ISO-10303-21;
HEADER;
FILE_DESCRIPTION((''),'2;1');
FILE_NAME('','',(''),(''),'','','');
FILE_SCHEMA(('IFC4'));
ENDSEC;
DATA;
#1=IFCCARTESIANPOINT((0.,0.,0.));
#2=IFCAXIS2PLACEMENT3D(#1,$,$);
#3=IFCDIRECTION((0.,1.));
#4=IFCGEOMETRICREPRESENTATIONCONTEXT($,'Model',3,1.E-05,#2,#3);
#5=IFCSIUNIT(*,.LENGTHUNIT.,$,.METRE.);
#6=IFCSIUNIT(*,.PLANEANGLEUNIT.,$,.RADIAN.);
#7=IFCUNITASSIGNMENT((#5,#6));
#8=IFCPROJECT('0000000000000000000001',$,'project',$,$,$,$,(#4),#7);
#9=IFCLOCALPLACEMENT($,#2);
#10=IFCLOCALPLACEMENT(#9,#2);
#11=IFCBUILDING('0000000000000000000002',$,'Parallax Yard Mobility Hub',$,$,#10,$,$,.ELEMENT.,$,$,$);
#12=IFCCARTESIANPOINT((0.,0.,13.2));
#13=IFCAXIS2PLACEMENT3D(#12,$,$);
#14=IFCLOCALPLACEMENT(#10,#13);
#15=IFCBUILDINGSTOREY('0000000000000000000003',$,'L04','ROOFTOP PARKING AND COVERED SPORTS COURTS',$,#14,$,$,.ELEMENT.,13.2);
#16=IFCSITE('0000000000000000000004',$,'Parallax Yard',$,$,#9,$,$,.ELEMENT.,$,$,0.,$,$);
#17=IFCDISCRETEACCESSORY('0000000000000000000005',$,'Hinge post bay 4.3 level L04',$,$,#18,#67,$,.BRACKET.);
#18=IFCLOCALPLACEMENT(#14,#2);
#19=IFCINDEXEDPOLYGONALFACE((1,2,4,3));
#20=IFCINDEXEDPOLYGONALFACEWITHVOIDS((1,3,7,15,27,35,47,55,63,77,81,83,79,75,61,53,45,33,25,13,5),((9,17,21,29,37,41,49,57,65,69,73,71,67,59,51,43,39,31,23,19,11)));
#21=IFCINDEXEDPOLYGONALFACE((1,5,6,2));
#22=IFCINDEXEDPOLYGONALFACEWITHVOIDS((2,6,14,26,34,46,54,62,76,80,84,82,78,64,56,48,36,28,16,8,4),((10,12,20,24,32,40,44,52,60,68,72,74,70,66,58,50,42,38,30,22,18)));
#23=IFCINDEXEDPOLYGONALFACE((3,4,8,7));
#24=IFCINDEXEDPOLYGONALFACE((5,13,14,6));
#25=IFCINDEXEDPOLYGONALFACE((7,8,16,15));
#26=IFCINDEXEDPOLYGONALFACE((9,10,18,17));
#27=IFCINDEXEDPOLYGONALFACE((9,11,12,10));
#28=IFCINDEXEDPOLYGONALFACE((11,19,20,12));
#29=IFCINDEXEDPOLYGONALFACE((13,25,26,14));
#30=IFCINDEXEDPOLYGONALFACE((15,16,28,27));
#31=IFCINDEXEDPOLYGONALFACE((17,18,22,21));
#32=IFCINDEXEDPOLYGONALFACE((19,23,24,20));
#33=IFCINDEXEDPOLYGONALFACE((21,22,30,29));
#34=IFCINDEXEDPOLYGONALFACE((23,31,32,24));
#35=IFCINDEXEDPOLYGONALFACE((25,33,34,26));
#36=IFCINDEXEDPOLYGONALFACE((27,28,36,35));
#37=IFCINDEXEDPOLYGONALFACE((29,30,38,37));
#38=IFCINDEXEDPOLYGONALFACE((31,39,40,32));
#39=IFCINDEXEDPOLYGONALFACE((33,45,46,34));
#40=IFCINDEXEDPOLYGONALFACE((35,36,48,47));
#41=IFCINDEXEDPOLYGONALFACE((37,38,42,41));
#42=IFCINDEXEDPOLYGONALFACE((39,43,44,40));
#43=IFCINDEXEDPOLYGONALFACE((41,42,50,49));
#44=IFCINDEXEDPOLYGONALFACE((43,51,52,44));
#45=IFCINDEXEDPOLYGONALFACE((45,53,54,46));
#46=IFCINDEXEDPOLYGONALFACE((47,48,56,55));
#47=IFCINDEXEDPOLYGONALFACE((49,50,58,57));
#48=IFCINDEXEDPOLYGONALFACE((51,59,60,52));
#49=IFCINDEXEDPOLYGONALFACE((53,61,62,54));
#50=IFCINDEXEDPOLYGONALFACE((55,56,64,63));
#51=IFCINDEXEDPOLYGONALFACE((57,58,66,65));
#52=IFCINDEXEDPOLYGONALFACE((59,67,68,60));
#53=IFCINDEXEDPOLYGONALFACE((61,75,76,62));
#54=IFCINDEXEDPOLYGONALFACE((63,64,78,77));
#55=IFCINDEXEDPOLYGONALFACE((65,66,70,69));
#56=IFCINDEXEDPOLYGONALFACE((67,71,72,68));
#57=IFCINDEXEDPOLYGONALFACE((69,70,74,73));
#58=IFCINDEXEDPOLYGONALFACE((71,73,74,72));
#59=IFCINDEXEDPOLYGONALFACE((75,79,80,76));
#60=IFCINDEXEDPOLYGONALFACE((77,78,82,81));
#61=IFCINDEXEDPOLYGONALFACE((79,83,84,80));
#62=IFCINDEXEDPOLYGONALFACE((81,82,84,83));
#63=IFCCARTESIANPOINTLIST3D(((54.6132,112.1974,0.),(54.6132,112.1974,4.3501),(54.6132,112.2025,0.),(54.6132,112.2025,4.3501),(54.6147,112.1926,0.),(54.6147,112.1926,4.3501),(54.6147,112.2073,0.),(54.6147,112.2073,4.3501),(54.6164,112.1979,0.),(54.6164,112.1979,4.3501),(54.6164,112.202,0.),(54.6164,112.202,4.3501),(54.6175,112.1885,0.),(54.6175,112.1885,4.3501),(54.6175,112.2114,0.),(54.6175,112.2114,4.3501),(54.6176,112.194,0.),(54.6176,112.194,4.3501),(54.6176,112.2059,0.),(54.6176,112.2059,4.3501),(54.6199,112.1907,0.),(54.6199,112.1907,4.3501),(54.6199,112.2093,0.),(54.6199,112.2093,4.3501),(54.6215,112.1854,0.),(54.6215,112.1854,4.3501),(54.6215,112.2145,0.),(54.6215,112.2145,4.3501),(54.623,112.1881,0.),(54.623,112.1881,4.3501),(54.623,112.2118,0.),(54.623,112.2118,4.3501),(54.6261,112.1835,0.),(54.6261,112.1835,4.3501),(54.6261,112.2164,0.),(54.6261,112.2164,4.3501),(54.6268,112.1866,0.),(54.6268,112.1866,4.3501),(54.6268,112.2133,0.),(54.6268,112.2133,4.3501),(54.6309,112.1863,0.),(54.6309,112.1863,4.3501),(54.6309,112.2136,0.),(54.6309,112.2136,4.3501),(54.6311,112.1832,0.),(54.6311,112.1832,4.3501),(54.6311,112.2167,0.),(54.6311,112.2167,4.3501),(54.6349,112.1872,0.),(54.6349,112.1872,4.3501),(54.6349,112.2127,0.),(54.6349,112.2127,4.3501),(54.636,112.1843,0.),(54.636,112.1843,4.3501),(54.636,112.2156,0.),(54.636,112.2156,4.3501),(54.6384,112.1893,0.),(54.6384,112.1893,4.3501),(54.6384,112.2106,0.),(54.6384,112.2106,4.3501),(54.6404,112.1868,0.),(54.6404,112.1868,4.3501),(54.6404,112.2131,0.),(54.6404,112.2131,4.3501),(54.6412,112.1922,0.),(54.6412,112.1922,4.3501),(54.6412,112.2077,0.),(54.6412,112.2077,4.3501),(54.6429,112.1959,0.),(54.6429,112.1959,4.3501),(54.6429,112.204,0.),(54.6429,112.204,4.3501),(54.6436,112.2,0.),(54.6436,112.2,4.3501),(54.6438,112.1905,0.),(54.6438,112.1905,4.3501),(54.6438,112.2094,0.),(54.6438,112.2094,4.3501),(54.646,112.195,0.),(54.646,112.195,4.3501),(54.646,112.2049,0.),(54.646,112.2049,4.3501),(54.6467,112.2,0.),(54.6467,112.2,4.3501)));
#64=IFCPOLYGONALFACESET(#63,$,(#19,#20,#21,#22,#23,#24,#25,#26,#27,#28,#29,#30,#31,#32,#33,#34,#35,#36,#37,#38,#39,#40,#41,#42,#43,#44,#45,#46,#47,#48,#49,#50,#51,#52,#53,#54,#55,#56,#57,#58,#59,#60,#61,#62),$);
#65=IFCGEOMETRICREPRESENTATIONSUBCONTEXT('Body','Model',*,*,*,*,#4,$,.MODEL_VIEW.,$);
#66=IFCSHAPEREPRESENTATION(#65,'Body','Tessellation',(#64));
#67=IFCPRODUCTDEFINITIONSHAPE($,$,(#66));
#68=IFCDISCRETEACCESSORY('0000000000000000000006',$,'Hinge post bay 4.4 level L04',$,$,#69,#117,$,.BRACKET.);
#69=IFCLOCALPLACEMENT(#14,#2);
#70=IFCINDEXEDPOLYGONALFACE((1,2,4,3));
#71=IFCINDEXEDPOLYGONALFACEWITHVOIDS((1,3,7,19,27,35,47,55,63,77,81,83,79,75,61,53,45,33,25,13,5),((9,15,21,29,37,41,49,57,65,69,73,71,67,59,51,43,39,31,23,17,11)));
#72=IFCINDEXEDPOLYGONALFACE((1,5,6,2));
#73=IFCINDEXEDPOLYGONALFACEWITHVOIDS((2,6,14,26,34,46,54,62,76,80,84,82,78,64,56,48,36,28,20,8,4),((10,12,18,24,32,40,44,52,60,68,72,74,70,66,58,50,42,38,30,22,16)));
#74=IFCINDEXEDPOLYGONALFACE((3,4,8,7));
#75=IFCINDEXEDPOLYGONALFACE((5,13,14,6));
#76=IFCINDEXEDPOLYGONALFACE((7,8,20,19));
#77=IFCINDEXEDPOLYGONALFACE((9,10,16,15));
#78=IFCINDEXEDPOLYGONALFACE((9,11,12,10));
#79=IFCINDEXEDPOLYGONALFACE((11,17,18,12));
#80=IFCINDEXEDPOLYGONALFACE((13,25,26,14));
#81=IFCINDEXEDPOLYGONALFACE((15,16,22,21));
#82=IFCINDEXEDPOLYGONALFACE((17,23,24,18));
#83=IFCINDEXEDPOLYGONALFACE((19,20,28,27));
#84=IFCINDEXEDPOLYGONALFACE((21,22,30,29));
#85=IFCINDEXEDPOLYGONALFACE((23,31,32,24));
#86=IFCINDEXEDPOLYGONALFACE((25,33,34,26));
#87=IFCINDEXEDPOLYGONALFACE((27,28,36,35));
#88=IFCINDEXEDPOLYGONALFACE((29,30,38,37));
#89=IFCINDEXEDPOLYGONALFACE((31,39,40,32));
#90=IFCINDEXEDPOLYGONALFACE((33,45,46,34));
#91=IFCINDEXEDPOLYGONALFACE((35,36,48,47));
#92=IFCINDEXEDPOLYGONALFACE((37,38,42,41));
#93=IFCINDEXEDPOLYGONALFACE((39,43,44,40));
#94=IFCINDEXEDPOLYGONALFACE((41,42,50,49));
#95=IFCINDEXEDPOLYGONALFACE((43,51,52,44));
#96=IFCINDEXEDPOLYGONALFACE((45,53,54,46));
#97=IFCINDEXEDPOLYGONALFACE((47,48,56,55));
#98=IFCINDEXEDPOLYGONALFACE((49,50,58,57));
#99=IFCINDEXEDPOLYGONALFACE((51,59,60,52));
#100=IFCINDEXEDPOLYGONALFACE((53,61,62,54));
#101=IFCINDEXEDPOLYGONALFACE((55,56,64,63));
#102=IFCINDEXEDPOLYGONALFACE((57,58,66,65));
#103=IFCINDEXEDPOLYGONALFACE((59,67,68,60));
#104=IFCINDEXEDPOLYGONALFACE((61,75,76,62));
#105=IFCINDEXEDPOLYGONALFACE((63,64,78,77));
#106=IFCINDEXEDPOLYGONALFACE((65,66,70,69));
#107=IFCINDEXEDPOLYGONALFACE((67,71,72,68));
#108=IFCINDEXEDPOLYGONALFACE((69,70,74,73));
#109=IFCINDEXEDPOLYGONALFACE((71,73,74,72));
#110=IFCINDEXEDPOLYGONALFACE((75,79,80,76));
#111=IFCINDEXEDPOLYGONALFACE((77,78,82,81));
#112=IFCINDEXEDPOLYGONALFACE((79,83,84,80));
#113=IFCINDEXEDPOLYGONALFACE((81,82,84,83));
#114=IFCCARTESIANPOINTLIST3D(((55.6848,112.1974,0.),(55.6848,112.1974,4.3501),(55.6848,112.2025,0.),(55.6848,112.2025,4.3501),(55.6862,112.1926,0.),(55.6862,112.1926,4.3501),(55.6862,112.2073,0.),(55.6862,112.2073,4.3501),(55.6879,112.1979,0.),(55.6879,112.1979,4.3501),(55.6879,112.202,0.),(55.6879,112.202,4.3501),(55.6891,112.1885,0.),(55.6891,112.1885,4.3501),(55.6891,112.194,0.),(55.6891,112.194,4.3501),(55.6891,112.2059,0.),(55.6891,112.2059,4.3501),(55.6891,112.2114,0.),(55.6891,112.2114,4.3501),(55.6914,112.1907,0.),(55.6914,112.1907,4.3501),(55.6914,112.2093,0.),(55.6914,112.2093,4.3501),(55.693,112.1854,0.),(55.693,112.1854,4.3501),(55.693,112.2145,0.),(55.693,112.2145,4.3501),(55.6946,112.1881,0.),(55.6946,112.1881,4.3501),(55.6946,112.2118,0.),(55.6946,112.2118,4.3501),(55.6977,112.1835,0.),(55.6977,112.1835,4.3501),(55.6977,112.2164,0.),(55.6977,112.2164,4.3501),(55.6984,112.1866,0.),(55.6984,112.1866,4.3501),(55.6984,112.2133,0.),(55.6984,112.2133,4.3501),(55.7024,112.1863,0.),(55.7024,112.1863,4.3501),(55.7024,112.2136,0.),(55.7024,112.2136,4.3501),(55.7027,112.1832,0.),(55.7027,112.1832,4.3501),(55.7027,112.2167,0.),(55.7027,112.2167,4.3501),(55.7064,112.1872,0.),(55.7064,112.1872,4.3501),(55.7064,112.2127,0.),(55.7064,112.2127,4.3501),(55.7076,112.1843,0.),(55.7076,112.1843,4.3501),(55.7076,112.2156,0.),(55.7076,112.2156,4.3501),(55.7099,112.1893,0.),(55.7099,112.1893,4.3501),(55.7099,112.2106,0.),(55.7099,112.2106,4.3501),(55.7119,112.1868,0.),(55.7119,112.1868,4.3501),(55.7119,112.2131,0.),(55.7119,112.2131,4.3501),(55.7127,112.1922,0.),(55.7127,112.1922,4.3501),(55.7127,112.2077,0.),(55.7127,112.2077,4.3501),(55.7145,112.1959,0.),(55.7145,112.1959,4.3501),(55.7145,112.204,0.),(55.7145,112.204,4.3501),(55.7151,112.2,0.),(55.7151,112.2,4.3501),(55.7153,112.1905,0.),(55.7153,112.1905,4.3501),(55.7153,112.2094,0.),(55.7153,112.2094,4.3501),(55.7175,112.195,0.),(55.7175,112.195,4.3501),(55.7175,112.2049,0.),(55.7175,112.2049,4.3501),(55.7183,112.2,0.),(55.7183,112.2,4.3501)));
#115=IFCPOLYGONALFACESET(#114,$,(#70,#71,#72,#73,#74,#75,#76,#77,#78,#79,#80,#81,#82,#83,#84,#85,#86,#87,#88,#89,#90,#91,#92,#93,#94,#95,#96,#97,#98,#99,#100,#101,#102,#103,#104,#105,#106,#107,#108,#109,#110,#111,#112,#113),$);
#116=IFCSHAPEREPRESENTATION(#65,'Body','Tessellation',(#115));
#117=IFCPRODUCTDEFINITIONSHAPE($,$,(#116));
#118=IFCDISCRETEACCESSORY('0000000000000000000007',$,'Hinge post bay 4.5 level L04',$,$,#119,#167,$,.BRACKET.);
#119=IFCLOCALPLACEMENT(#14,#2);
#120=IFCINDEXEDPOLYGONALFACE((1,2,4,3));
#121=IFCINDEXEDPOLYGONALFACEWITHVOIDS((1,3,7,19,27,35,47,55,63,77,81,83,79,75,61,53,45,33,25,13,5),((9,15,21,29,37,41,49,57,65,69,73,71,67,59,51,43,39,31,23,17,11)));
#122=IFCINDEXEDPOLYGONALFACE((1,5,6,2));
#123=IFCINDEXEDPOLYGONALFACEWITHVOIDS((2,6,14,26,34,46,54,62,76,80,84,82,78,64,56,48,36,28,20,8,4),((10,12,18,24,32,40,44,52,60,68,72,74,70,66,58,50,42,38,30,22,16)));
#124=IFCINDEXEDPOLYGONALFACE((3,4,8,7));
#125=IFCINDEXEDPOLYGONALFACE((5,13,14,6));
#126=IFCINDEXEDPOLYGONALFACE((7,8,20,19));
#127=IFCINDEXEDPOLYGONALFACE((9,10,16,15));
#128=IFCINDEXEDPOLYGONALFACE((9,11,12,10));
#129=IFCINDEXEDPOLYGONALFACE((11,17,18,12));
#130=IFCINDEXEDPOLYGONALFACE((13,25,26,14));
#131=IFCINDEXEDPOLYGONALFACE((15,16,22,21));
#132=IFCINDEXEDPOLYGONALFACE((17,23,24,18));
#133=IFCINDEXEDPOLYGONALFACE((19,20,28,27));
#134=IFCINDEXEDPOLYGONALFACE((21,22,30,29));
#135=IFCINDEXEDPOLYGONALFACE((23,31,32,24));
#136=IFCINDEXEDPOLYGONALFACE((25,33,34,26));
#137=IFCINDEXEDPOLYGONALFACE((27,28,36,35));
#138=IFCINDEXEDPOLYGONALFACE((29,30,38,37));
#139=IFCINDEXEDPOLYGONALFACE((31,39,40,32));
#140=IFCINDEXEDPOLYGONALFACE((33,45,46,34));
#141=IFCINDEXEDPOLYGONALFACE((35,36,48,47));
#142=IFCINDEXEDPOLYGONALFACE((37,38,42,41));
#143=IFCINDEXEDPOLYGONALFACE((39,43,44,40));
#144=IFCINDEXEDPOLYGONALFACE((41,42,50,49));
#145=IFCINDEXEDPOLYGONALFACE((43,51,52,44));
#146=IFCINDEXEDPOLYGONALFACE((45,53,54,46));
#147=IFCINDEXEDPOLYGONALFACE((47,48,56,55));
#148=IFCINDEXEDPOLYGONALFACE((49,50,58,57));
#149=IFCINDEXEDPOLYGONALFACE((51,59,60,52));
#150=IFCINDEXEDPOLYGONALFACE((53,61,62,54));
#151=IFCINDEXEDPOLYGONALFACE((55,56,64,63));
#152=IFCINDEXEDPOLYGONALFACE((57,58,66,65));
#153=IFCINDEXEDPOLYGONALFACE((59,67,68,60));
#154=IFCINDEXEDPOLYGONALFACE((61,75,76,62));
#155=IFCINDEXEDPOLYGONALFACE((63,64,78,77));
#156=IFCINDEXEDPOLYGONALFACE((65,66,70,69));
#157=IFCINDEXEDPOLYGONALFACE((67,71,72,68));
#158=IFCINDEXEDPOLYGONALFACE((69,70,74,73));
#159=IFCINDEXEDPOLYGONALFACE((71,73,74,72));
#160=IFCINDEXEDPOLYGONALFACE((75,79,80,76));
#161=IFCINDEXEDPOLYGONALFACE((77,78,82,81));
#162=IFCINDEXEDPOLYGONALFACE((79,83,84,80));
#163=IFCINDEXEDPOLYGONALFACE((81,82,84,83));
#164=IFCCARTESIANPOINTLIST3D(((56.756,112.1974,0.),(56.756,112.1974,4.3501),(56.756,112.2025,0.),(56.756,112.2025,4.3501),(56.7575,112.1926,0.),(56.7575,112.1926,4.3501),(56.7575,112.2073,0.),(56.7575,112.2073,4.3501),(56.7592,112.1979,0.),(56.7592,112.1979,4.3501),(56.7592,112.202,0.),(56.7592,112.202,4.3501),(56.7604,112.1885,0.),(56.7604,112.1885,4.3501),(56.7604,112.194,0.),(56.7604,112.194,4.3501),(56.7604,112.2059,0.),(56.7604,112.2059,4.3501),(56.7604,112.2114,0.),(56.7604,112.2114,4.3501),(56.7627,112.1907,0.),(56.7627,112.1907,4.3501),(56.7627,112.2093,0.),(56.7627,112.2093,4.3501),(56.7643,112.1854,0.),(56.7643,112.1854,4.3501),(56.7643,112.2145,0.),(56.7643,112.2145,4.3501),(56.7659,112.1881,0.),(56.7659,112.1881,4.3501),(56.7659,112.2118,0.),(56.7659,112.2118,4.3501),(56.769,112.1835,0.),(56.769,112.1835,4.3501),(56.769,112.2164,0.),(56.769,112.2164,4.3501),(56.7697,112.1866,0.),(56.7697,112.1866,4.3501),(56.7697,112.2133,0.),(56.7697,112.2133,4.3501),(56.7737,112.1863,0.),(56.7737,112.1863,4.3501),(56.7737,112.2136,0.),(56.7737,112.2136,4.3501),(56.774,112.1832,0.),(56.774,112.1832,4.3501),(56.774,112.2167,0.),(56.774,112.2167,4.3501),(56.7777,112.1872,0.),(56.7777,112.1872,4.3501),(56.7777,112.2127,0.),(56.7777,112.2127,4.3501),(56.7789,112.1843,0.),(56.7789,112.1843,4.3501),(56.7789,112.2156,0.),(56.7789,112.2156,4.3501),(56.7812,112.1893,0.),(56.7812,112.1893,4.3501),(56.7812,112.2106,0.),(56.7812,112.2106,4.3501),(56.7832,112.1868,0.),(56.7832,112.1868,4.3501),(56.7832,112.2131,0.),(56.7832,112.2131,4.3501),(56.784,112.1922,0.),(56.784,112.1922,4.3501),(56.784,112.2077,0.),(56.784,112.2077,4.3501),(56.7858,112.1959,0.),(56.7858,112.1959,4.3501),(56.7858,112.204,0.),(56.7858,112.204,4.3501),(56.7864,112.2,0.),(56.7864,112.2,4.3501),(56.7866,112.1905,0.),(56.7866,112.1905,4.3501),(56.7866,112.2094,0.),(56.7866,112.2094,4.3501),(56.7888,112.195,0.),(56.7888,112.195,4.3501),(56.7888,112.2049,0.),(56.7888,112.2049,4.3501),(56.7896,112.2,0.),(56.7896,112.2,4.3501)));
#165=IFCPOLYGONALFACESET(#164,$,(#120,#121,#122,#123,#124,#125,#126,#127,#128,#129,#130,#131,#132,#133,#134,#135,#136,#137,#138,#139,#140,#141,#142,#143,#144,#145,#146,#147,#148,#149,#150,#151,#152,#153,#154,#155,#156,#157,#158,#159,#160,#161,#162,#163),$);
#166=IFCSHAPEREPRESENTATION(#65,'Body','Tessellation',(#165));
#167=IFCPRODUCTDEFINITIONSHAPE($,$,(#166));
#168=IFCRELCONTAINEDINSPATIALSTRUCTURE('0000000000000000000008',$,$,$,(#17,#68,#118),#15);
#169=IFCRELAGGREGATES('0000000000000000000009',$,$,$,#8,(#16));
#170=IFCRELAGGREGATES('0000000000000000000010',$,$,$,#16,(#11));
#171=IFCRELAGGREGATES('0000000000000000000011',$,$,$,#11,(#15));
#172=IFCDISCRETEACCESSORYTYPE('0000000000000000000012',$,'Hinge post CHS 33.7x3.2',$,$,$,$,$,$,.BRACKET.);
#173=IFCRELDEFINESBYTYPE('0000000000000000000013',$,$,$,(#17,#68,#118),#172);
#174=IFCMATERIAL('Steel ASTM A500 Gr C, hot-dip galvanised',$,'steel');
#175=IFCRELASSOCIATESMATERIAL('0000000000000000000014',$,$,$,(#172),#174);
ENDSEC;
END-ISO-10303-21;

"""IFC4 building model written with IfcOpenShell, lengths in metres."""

from ifc_helpers import new_model, si_unit, direction, frame, origin, origin_2d, place, context, subcontext, project, spatial, hollow_circle, extrude, material, material_profile, profile_set, type_object, element, save


model = new_model("IFC4")

# Units and contexts
model_context = context("Model", 3, precision=1e-05, world=origin(), true_north=direction((0.0, 1.0)))
body_context = subcontext(model_context, "Body", "Model", "MODEL_VIEW")
ifc_project = project(units=[si_unit("LENGTHUNIT", "METRE"), si_unit("PLANEANGLEUNIT", "RADIAN")], contexts=[model_context])

# Site, building, storey
site_placement = place(None, origin())
site = spatial("IfcSite", under=ifc_project, at=site_placement, Name="Parallax Yard", CompositionType="ELEMENT", RefElevation=0.0)
building_placement = place(site_placement, origin())
building = spatial("IfcBuilding", under=site, at=building_placement, Name="Parallax Yard Mobility Hub", CompositionType="ELEMENT")
storey_placement = place(building_placement, frame((0.0, 0.0, 13.2)))
storey = spatial("IfcBuildingStorey", under=building, at=storey_placement, Name="L04", Description="ROOFTOP PARKING AND COVERED SPORTS COURTS", CompositionType="ELEMENT", Elevation=13.2)

# Discrete accessories
ifc_material_1 = material(Name="Steel ASTM A500 Gr C, hot-dip galvanised", Category="steel")
ifc_material_profile_1 = material_profile(ifc_material_1, hollow_circle(Radius=0.0168, WallThickness=0.0032, at=origin_2d()), Name="CHS 33.7x3.2")
ifc_profile_set_1 = profile_set([ifc_material_profile_1], Name="Steel ASTM A500 Gr C, hot-dip galvanised")
discrete_accessory_type_1 = type_object("IfcDiscreteAccessoryType", Name="Hinge post CHS 33.7x3.2", PredefinedType="BRACKET", material=ifc_profile_set_1)
for number, where, z_axis, x_axis, name in (
    (1, (54.6299, 112.2, 0.0), (0.0, 0.0, 1.0), (1.0, 0.0, 0.0), "Hinge post bay 4.3 level L04"),
    (2, (55.7014, 112.2, 0.0), (0.0, 0.0, 1.0), (1.0, 0.0, 0.0), "Hinge post bay 4.4 level L04"),
    (3, (56.7727, 112.2, 0.0), (0.0, 0.0, 1.0), (1.0, 0.0, 0.0), "Hinge post bay 4.5 level L04"),
):
    element("IfcDiscreteAccessory", number, at=place(storey_placement, frame(where, z_axis=z_axis, x_axis=x_axis)), inside=storey, type_object=discrete_accessory_type_1, Name=name, PredefinedType="BRACKET", context=body_context, shape_type="SweptSolid", body=[
        extrude(hollow_circle(Radius=0.0168, WallThickness=0.0032, at=origin_2d()), origin(), (0.0, 0.0, 1.0), 4.3501),
    ])

save(model, "model.ifc")
